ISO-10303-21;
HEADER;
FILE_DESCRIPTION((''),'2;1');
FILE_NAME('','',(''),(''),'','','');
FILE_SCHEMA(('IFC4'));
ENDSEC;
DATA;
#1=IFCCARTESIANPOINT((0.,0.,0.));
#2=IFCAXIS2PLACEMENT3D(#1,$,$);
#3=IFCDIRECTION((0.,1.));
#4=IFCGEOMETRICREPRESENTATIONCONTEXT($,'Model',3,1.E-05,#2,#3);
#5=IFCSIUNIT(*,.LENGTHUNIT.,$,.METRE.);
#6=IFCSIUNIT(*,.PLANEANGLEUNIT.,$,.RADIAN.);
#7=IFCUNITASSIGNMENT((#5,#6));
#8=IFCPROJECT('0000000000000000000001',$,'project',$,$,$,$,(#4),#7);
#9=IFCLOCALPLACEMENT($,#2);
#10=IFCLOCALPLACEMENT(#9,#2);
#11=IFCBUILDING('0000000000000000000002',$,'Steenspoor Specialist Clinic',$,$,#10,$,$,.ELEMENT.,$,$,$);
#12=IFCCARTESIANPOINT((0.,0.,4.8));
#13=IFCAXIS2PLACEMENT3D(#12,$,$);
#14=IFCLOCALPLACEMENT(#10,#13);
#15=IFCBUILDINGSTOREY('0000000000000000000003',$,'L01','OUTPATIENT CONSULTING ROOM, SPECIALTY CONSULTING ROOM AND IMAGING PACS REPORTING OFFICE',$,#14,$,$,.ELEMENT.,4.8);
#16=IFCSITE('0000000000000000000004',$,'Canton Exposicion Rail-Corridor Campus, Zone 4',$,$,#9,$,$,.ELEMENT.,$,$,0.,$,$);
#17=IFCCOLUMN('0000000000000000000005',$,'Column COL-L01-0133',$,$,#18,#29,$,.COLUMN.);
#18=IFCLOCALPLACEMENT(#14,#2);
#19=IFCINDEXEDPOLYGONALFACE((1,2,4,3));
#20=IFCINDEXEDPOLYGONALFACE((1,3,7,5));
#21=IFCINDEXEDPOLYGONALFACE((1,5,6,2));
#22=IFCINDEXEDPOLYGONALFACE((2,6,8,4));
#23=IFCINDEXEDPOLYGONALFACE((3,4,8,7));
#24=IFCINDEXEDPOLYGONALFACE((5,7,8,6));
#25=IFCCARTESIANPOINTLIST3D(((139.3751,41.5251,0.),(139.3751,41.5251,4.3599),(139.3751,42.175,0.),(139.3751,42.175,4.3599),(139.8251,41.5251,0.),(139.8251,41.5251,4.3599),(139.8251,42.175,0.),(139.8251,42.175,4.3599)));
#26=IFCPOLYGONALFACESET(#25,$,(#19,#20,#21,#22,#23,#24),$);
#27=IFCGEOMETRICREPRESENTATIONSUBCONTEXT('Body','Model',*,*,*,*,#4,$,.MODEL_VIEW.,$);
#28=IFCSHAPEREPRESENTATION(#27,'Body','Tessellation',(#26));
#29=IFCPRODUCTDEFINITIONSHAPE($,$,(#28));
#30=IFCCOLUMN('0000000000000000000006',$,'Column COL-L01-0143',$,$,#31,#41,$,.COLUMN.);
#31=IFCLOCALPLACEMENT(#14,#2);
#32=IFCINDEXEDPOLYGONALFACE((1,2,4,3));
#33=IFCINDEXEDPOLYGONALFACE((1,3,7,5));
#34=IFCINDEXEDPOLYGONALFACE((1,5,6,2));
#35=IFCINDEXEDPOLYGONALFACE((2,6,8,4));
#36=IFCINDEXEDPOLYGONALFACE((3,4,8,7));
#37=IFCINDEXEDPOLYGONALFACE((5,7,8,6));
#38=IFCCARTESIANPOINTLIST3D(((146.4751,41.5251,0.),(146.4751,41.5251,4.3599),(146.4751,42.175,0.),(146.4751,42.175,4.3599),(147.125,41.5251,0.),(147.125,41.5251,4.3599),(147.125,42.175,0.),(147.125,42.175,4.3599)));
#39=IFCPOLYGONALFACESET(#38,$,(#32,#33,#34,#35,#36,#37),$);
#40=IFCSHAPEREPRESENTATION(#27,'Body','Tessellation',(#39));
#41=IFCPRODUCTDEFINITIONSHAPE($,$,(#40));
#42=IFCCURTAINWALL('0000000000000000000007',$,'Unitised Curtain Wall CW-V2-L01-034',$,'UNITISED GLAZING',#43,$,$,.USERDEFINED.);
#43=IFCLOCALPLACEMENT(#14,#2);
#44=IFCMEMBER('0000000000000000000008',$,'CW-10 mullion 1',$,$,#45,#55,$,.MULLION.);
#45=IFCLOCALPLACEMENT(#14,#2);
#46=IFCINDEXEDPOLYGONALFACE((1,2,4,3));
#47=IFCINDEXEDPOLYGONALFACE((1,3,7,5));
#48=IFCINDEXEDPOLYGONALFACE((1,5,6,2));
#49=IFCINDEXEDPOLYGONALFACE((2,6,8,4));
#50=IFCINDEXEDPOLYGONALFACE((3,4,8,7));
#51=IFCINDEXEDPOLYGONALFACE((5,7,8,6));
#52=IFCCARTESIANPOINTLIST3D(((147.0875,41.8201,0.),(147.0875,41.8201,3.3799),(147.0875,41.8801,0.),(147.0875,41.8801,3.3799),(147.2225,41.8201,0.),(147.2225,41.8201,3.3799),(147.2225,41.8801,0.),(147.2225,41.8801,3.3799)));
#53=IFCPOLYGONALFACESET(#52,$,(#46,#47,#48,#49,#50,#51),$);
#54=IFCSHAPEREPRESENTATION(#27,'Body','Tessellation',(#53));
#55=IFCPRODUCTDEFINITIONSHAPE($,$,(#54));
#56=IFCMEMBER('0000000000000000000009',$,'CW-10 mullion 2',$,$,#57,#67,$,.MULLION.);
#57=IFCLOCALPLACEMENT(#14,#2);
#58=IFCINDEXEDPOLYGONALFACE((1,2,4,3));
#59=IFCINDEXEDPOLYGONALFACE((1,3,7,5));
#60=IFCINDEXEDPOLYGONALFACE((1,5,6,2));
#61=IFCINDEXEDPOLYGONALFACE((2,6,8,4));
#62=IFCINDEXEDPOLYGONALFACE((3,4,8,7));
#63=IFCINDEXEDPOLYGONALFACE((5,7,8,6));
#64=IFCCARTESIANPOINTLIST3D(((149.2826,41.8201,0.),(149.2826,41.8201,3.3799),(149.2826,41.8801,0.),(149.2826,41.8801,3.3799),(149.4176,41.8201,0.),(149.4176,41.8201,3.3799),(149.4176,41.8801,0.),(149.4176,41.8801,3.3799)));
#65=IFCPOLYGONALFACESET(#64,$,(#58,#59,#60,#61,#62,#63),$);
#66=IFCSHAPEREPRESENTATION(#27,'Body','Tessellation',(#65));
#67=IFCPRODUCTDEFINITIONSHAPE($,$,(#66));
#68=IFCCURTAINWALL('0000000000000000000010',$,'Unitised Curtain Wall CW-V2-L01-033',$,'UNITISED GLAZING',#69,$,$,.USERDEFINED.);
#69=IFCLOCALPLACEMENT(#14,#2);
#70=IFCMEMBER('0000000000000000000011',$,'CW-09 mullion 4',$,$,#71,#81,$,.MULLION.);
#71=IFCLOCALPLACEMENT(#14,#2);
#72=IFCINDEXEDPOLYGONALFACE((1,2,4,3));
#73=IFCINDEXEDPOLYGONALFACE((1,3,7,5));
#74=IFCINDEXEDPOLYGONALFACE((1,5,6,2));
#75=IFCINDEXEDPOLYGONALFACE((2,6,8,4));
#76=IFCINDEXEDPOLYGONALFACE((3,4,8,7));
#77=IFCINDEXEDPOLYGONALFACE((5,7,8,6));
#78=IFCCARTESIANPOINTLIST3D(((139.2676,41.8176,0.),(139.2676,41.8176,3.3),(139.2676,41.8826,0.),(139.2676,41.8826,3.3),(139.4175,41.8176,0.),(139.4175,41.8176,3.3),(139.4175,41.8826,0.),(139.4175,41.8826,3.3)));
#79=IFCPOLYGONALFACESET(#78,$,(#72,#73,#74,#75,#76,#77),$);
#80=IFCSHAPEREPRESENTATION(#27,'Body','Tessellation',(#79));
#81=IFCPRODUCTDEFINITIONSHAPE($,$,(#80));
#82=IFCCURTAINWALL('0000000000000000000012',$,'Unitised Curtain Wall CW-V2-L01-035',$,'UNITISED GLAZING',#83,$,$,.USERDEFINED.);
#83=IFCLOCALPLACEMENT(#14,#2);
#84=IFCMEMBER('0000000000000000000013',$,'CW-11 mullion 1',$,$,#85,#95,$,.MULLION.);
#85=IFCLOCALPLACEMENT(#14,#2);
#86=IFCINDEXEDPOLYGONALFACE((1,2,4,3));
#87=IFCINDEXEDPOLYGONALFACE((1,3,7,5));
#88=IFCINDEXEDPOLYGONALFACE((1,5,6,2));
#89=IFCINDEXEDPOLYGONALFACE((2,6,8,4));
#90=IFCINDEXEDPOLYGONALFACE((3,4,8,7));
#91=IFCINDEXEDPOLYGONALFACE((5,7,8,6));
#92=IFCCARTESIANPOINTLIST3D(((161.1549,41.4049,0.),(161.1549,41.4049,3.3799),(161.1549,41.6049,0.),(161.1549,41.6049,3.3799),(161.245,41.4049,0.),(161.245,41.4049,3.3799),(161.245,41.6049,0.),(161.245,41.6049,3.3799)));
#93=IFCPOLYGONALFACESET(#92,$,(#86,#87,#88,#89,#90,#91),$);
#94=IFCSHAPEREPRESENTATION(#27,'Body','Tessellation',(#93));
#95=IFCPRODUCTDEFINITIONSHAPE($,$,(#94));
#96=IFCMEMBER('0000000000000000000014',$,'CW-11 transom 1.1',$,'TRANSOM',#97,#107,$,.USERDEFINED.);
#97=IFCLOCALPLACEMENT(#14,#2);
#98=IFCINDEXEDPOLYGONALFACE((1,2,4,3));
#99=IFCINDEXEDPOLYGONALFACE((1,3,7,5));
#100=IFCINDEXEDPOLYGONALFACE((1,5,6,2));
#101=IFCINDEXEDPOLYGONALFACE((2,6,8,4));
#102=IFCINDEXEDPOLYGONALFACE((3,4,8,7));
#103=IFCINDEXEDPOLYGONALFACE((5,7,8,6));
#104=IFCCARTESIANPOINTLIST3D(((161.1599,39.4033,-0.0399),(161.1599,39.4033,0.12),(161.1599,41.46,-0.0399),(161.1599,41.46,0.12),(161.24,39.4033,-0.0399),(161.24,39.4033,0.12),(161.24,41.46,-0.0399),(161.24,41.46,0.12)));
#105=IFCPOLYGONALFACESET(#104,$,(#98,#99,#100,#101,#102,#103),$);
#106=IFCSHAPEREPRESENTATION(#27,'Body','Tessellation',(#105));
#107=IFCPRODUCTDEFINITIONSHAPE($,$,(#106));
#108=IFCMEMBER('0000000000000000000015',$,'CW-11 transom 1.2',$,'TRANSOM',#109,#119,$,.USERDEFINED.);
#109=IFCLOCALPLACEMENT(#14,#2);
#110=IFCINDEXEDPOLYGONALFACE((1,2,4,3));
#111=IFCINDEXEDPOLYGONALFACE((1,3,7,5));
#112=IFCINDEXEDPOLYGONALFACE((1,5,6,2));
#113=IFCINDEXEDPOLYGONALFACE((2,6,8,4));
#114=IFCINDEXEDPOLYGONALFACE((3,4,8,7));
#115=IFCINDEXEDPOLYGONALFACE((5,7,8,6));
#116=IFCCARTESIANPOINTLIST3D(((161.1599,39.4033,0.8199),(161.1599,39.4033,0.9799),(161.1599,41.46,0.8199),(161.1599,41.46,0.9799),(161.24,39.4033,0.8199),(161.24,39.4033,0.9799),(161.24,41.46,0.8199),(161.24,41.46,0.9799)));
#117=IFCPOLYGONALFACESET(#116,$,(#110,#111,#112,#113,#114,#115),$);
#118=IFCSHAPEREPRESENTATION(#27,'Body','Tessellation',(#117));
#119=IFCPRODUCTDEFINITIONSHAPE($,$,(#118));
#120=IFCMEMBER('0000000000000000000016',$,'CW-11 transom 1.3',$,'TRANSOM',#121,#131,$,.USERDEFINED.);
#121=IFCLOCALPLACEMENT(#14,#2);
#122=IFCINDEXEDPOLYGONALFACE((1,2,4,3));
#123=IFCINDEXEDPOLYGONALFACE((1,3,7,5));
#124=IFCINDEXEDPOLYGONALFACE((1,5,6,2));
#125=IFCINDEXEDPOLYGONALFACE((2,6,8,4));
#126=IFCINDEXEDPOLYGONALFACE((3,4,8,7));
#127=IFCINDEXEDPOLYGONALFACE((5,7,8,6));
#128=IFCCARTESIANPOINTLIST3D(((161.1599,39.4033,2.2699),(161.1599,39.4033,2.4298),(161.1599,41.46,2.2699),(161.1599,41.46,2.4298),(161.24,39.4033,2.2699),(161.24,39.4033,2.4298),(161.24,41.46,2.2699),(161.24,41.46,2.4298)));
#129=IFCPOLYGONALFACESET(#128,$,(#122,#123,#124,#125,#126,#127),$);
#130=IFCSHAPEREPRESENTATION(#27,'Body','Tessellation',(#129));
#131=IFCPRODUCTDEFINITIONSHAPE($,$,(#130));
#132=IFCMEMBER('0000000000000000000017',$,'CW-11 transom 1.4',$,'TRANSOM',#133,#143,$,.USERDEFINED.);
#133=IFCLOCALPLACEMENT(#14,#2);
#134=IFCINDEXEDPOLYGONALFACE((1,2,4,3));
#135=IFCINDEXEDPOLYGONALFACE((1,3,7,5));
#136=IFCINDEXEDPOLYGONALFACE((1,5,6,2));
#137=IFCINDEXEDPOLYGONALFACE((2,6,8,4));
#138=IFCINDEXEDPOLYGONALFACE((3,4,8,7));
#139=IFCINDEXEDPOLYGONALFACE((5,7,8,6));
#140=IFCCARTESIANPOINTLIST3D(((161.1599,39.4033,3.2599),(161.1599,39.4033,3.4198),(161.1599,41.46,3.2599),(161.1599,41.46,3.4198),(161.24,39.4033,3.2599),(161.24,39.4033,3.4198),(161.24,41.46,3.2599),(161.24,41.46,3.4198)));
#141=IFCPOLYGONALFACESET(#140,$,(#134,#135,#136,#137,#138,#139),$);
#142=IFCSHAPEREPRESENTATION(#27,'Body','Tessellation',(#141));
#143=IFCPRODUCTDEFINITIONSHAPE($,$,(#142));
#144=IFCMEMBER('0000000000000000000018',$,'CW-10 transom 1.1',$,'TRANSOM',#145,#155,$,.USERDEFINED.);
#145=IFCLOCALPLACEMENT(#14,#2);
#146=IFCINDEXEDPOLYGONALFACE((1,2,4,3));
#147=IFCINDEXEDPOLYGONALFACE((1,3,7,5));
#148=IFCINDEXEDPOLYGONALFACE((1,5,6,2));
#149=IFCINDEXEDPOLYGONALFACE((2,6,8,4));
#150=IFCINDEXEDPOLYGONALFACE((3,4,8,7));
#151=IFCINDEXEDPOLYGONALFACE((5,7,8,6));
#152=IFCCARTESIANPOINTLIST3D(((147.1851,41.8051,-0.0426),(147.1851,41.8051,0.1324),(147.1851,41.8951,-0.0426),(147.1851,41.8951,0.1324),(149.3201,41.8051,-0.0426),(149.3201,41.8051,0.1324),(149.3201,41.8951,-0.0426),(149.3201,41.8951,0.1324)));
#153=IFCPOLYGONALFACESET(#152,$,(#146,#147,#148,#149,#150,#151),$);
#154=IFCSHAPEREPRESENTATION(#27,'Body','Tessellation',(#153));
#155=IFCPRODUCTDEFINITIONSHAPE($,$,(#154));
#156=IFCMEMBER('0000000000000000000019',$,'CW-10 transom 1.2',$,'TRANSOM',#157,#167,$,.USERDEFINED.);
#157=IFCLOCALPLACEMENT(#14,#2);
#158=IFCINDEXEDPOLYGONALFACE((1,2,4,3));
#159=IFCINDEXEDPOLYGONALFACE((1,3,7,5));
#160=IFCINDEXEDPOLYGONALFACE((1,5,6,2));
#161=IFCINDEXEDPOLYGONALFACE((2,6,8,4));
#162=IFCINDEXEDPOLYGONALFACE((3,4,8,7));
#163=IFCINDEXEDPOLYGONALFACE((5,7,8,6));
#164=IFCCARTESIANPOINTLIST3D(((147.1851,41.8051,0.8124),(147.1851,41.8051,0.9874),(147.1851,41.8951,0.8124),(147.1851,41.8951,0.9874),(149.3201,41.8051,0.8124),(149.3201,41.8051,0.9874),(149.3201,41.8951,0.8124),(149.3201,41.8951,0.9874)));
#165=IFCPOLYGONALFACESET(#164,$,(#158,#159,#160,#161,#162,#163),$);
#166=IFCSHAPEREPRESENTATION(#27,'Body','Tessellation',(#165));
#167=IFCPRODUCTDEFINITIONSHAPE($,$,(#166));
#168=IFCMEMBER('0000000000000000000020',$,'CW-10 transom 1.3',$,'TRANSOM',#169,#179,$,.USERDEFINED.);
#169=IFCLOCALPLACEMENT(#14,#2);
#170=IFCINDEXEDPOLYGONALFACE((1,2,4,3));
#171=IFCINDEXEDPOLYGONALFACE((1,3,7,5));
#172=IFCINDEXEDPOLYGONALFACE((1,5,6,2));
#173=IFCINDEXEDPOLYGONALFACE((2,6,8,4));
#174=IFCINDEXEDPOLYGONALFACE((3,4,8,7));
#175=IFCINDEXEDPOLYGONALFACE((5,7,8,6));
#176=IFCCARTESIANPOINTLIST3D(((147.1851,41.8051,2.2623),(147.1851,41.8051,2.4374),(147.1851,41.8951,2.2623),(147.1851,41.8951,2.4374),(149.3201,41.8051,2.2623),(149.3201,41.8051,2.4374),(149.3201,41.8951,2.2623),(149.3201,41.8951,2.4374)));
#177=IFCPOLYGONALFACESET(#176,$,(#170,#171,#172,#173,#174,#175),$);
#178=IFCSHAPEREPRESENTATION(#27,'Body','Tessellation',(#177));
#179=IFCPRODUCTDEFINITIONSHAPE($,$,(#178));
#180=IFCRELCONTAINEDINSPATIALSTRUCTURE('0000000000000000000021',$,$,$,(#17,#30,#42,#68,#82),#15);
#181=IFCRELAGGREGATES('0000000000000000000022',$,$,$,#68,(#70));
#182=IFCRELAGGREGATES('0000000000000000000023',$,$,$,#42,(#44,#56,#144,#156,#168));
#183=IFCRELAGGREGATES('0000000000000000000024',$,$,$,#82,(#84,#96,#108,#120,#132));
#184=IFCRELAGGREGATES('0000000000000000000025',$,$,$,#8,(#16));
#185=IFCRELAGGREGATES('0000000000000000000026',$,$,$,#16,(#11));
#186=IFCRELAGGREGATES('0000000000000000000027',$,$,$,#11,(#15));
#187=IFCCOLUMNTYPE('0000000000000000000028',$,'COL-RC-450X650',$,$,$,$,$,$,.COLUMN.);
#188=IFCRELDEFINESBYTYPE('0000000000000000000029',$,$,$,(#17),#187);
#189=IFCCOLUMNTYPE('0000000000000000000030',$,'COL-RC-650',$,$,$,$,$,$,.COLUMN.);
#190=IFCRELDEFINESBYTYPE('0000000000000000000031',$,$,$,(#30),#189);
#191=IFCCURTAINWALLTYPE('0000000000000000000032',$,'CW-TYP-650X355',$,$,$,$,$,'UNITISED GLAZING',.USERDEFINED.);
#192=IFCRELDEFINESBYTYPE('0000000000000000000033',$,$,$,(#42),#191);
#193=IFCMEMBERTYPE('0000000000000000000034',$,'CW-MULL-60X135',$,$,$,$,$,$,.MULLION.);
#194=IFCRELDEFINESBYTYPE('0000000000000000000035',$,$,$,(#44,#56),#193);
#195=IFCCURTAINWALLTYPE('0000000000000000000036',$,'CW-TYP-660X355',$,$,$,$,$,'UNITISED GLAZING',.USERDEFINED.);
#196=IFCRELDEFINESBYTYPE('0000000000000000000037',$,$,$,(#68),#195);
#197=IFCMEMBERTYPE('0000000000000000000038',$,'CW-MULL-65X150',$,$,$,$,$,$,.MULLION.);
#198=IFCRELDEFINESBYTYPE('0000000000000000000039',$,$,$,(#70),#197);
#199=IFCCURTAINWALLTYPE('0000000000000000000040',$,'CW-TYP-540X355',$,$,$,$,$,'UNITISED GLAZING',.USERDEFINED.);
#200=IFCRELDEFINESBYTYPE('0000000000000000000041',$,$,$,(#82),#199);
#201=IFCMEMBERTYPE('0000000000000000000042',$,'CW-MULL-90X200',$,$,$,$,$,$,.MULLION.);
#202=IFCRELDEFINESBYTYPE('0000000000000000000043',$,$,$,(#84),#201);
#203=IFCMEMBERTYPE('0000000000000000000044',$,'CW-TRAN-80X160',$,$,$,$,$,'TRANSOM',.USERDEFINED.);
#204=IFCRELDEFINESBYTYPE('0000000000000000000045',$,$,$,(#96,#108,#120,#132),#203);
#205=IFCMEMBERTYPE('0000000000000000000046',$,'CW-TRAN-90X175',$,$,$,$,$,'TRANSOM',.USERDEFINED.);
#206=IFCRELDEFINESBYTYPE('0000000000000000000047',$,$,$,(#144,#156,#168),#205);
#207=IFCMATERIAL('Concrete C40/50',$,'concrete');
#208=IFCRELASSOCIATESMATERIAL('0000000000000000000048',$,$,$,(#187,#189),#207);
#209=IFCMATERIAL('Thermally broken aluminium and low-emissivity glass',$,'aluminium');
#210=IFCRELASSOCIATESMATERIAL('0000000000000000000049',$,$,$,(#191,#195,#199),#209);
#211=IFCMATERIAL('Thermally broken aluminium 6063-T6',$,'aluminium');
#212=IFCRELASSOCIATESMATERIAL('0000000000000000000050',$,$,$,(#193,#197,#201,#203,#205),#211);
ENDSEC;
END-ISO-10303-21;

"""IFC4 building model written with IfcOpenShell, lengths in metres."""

from ifc_helpers import new_model, si_unit, direction, frame, origin, origin_2d, place, context, subcontext, project, spatial, rectangle, extrude, material, material_profile, profile_set, type_object, element, aggregate, save


model = new_model("IFC4")

# Units and contexts
model_context = context("Model", 3, precision=1e-05, world=origin(), true_north=direction((0.0, 1.0)))
body_context = subcontext(model_context, "Body", "Model", "MODEL_VIEW")
ifc_project = project(units=[si_unit("LENGTHUNIT", "METRE"), si_unit("PLANEANGLEUNIT", "RADIAN")], contexts=[model_context])

# Site, building, storey
site_placement = place(None, origin())
site = spatial("IfcSite", under=ifc_project, at=site_placement, Name="Canton Exposicion Rail-Corridor Campus, Zone 4", CompositionType="ELEMENT", RefElevation=0.0)
building_placement = place(site_placement, origin())
building = spatial("IfcBuilding", under=site, at=building_placement, Name="Steenspoor Specialist Clinic", CompositionType="ELEMENT")
storey_placement = place(building_placement, frame((0.0, 0.0, 4.8)))
storey = spatial("IfcBuildingStorey", under=building, at=storey_placement, Name="L01", Description="OUTPATIENT CONSULTING ROOM, SPECIALTY CONSULTING ROOM AND IMAGING PACS REPORTING OFFICE", CompositionType="ELEMENT", Elevation=4.8)

# Columns
ifc_material_1 = material(Name="Concrete C40/50", Category="concrete")
ifc_material_profile_1 = material_profile(ifc_material_1, rectangle(XDim=0.45, YDim=0.6499, at=origin_2d()), Name="RC-COL-450X650")
ifc_profile_set_1 = profile_set([ifc_material_profile_1], Name="Concrete C40/50")
column_type_1 = type_object("IfcColumnType", Name="COL-RC-450X650", PredefinedType="COLUMN", material=ifc_profile_set_1)
column_1_placement = place(storey_placement, frame((139.6001, 41.8501, 0.0), z_axis=(0.0, 0.0, 1.0), x_axis=(1.0, 0.0, 0.0)))
element("IfcColumn", 1, at=column_1_placement, inside=storey, type_object=column_type_1, Name="Column COL-L01-0133", PredefinedType="COLUMN", context=body_context, shape_type="SweptSolid", body=[
    extrude(rectangle(XDim=0.45, YDim=0.6499, at=origin_2d()), origin(), (0.0, 0.0, 1.0), 4.3599),
])
ifc_material_profile_2 = material_profile(ifc_material_1, rectangle(XDim=0.6499, YDim=0.6499, at=origin_2d()), Name="RC-COL-650X650")
ifc_profile_set_2 = profile_set([ifc_material_profile_2], Name="Concrete C40/50")
column_type_2 = type_object("IfcColumnType", Name="COL-RC-650", PredefinedType="COLUMN", material=ifc_profile_set_2)
column_2_placement = place(storey_placement, frame((146.8, 41.8501, 0.0), z_axis=(0.0, 0.0, 1.0), x_axis=(1.0, 0.0, 0.0)))
element("IfcColumn", 2, at=column_2_placement, inside=storey, type_object=column_type_2, Name="Column COL-L01-0143", PredefinedType="COLUMN", context=body_context, shape_type="SweptSolid", body=[
    extrude(rectangle(XDim=0.6499, YDim=0.6499, at=origin_2d()), origin(), (0.0, 0.0, 1.0), 4.3599),
])

# Curtain wall, members
ifc_material_2 = material(Name="Thermally broken aluminium and low-emissivity glass", Category="aluminium")
curtain_wall_type_1 = type_object("IfcCurtainWallType", Name="CW-TYP-650X355", ElementType="UNITISED GLAZING", PredefinedType="USERDEFINED", material=ifc_material_2)
curtain_wall_1_placement = place(storey_placement, origin())
curtain_wall_1 = element("IfcCurtainWall", 3, at=curtain_wall_1_placement, inside=storey, type_object=curtain_wall_type_1, Name="Unitised Curtain Wall CW-V2-L01-034", ObjectType="UNITISED GLAZING", PredefinedType="USERDEFINED")
ifc_material_3 = material(Name="Thermally broken aluminium 6063-T6", Category="aluminium")
ifc_material_profile_3 = material_profile(ifc_material_3, rectangle(XDim=0.0601, YDim=0.135, at=origin_2d()), Name="CWM-60X135")
ifc_profile_set_3 = profile_set([ifc_material_profile_3], Name="Thermally broken aluminium 6063-T6")
member_type_1 = type_object("IfcMemberType", Name="CW-MULL-60X135", PredefinedType="MULLION", material=ifc_profile_set_3)
member_1_placement = place(storey_placement, frame((147.155, 41.8501, 0.0), z_axis=(0.0, 0.0, 1.0), x_axis=(0.0, 1.0, 0.0)))
member_1 = element("IfcMember", 4, at=member_1_placement, type_object=member_type_1, Name="CW-10 mullion 1", PredefinedType="MULLION", context=body_context, shape_type="SweptSolid", body=[
    extrude(rectangle(XDim=0.0601, YDim=0.135, at=origin_2d()), origin(), (0.0, 0.0, 1.0), 3.3799),
])
member_2_placement = place(storey_placement, frame((149.3501, 41.8501, 0.0), z_axis=(0.0, 0.0, 1.0), x_axis=(0.0, 1.0, 0.0)))
member_2 = element("IfcMember", 5, at=member_2_placement, type_object=member_type_1, Name="CW-10 mullion 2", PredefinedType="MULLION", context=body_context, shape_type="SweptSolid", body=[
    extrude(rectangle(XDim=0.0601, YDim=0.135, at=origin_2d()), origin(), (0.0, 0.0, 1.0), 3.3799),
])

# Curtain wall, member
curtain_wall_type_2 = type_object("IfcCurtainWallType", Name="CW-TYP-660X355", ElementType="UNITISED GLAZING", PredefinedType="USERDEFINED", material=ifc_material_2)
curtain_wall_2_placement = place(storey_placement, origin())
curtain_wall_2 = element("IfcCurtainWall", 6, at=curtain_wall_2_placement, inside=storey, type_object=curtain_wall_type_2, Name="Unitised Curtain Wall CW-V2-L01-033", ObjectType="UNITISED GLAZING", PredefinedType="USERDEFINED")
ifc_material_profile_4 = material_profile(ifc_material_3, rectangle(XDim=0.0649, YDim=0.1499, at=origin_2d()), Name="CWM-65X150")
ifc_profile_set_4 = profile_set([ifc_material_profile_4], Name="Thermally broken aluminium 6063-T6")
member_type_2 = type_object("IfcMemberType", Name="CW-MULL-65X150", PredefinedType="MULLION", material=ifc_profile_set_4)
member_3_placement = place(storey_placement, frame((139.3425, 41.8501, 0.0), z_axis=(0.0, 0.0, 1.0), x_axis=(0.0, 1.0, 0.0)))
member_3 = element("IfcMember", 7, at=member_3_placement, type_object=member_type_2, Name="CW-09 mullion 4", PredefinedType="MULLION", context=body_context, shape_type="SweptSolid", body=[
    extrude(rectangle(XDim=0.0649, YDim=0.1499, at=origin_2d()), origin(), (0.0, 0.0, 1.0), 3.3),
])

# Curtain wall, members
curtain_wall_type_3 = type_object("IfcCurtainWallType", Name="CW-TYP-540X355", ElementType="UNITISED GLAZING", PredefinedType="USERDEFINED", material=ifc_material_2)
curtain_wall_3_placement = place(storey_placement, origin())
curtain_wall_3 = element("IfcCurtainWall", 8, at=curtain_wall_3_placement, inside=storey, type_object=curtain_wall_type_3, Name="Unitised Curtain Wall CW-V2-L01-035", ObjectType="UNITISED GLAZING", PredefinedType="USERDEFINED")
ifc_material_profile_5 = material_profile(ifc_material_3, rectangle(XDim=0.0901, YDim=0.2, at=origin_2d()), Name="CWM-90X200")
ifc_profile_set_5 = profile_set([ifc_material_profile_5], Name="Thermally broken aluminium 6063-T6")
member_type_3 = type_object("IfcMemberType", Name="CW-MULL-90X200", PredefinedType="MULLION", material=ifc_profile_set_5)
member_4_placement = place(storey_placement, frame((161.2, 41.5049, 0.0), z_axis=(0.0, 0.0, 1.0), x_axis=(1.0, 0.0, 0.0)))
member_4 = element("IfcMember", 9, at=member_4_placement, type_object=member_type_3, Name="CW-11 mullion 1", PredefinedType="MULLION", context=body_context, shape_type="SweptSolid", body=[
    extrude(rectangle(XDim=0.0901, YDim=0.2, at=origin_2d()), origin(), (0.0, 0.0, 1.0), 3.3799),
])
ifc_material_profile_6 = material_profile(ifc_material_3, rectangle(XDim=0.0801, YDim=0.1599, at=origin_2d()), Name="CWT-80X160")
ifc_profile_set_6 = profile_set([ifc_material_profile_6], Name="Thermally broken aluminium 6063-T6")
member_type_4 = type_object("IfcMemberType", Name="CW-TRAN-80X160", ElementType="TRANSOM", PredefinedType="USERDEFINED", material=ifc_profile_set_6)
member_5_placement = place(storey_placement, frame((161.2, 41.46, 0.04), z_axis=(0.0, -1.0, 0.0), x_axis=(1.0, 0.0, 0.0)))
member_5 = element("IfcMember", 10, at=member_5_placement, type_object=member_type_4, Name="CW-11 transom 1.1", ObjectType="TRANSOM", PredefinedType="USERDEFINED", context=body_context, shape_type="SweptSolid", body=[
    extrude(rectangle(XDim=0.0801, YDim=0.1599, at=origin_2d()), origin(), (0.0, 0.0, 1.0), 2.0566),
])
member_6_placement = place(storey_placement, frame((161.2, 41.46, 0.8999), z_axis=(0.0, -1.0, 0.0), x_axis=(1.0, 0.0, 0.0)))
member_6 = element("IfcMember", 11, at=member_6_placement, type_object=member_type_4, Name="CW-11 transom 1.2", ObjectType="TRANSOM", PredefinedType="USERDEFINED", context=body_context, shape_type="SweptSolid", body=[
    extrude(rectangle(XDim=0.0801, YDim=0.1599, at=origin_2d()), origin(), (0.0, 0.0, 1.0), 2.0566),
])
member_7_placement = place(storey_placement, frame((161.2, 41.46, 2.3499), z_axis=(0.0, -1.0, 0.0), x_axis=(1.0, 0.0, 0.0)))
member_7 = element("IfcMember", 12, at=member_7_placement, type_object=member_type_4, Name="CW-11 transom 1.3", ObjectType="TRANSOM", PredefinedType="USERDEFINED", context=body_context, shape_type="SweptSolid", body=[
    extrude(rectangle(XDim=0.0801, YDim=0.1599, at=origin_2d()), origin(), (0.0, 0.0, 1.0), 2.0566),
])
member_8_placement = place(storey_placement, frame((161.2, 41.46, 3.3398), z_axis=(0.0, -1.0, 0.0), x_axis=(1.0, 0.0, 0.0)))
member_8 = element("IfcMember", 13, at=member_8_placement, type_object=member_type_4, Name="CW-11 transom 1.4", ObjectType="TRANSOM", PredefinedType="USERDEFINED", context=body_context, shape_type="SweptSolid", body=[
    extrude(rectangle(XDim=0.0801, YDim=0.1599, at=origin_2d()), origin(), (0.0, 0.0, 1.0), 2.0566),
])

# Members
ifc_material_profile_7 = material_profile(ifc_material_3, rectangle(XDim=0.0901, YDim=0.175, at=origin_2d()), Name="CWT-90X175")
ifc_profile_set_7 = profile_set([ifc_material_profile_7], Name="Thermally broken aluminium 6063-T6")
member_type_5 = type_object("IfcMemberType", Name="CW-TRAN-90X175", ElementType="TRANSOM", PredefinedType="USERDEFINED", material=ifc_profile_set_7)
member_9_placement = place(storey_placement, frame((147.1851, 41.8501, 0.0449), z_axis=(1.0, 0.0, 0.0), x_axis=(0.0, 1.0, 0.0)))
member_9 = element("IfcMember", 14, at=member_9_placement, type_object=member_type_5, Name="CW-10 transom 1.1", ObjectType="TRANSOM", PredefinedType="USERDEFINED", context=body_context, shape_type="SweptSolid", body=[
    extrude(rectangle(XDim=0.0901, YDim=0.175, at=origin_2d()), origin(), (0.0, 0.0, 1.0), 2.135),
])
member_10_placement = place(storey_placement, frame((147.1851, 41.8501, 0.8999), z_axis=(1.0, 0.0, 0.0), x_axis=(0.0, 1.0, 0.0)))
member_10 = element("IfcMember", 15, at=member_10_placement, type_object=member_type_5, Name="CW-10 transom 1.2", ObjectType="TRANSOM", PredefinedType="USERDEFINED", context=body_context, shape_type="SweptSolid", body=[
    extrude(rectangle(XDim=0.0901, YDim=0.175, at=origin_2d()), origin(), (0.0, 0.0, 1.0), 2.135),
])
member_11_placement = place(storey_placement, frame((147.1851, 41.8501, 2.3499), z_axis=(1.0, 0.0, 0.0), x_axis=(0.0, 1.0, 0.0)))
member_11 = element("IfcMember", 16, at=member_11_placement, type_object=member_type_5, Name="CW-10 transom 1.3", ObjectType="TRANSOM", PredefinedType="USERDEFINED", context=body_context, shape_type="SweptSolid", body=[
    extrude(rectangle(XDim=0.0901, YDim=0.175, at=origin_2d()), origin(), (0.0, 0.0, 1.0), 2.135),
])

aggregate(curtain_wall_2, [member_3])
aggregate(curtain_wall_1, [member_1, member_2, member_9, member_10, member_11])
aggregate(curtain_wall_3, [member_4, member_5, member_6, member_7, member_8])

save(model, "model.ifc")
